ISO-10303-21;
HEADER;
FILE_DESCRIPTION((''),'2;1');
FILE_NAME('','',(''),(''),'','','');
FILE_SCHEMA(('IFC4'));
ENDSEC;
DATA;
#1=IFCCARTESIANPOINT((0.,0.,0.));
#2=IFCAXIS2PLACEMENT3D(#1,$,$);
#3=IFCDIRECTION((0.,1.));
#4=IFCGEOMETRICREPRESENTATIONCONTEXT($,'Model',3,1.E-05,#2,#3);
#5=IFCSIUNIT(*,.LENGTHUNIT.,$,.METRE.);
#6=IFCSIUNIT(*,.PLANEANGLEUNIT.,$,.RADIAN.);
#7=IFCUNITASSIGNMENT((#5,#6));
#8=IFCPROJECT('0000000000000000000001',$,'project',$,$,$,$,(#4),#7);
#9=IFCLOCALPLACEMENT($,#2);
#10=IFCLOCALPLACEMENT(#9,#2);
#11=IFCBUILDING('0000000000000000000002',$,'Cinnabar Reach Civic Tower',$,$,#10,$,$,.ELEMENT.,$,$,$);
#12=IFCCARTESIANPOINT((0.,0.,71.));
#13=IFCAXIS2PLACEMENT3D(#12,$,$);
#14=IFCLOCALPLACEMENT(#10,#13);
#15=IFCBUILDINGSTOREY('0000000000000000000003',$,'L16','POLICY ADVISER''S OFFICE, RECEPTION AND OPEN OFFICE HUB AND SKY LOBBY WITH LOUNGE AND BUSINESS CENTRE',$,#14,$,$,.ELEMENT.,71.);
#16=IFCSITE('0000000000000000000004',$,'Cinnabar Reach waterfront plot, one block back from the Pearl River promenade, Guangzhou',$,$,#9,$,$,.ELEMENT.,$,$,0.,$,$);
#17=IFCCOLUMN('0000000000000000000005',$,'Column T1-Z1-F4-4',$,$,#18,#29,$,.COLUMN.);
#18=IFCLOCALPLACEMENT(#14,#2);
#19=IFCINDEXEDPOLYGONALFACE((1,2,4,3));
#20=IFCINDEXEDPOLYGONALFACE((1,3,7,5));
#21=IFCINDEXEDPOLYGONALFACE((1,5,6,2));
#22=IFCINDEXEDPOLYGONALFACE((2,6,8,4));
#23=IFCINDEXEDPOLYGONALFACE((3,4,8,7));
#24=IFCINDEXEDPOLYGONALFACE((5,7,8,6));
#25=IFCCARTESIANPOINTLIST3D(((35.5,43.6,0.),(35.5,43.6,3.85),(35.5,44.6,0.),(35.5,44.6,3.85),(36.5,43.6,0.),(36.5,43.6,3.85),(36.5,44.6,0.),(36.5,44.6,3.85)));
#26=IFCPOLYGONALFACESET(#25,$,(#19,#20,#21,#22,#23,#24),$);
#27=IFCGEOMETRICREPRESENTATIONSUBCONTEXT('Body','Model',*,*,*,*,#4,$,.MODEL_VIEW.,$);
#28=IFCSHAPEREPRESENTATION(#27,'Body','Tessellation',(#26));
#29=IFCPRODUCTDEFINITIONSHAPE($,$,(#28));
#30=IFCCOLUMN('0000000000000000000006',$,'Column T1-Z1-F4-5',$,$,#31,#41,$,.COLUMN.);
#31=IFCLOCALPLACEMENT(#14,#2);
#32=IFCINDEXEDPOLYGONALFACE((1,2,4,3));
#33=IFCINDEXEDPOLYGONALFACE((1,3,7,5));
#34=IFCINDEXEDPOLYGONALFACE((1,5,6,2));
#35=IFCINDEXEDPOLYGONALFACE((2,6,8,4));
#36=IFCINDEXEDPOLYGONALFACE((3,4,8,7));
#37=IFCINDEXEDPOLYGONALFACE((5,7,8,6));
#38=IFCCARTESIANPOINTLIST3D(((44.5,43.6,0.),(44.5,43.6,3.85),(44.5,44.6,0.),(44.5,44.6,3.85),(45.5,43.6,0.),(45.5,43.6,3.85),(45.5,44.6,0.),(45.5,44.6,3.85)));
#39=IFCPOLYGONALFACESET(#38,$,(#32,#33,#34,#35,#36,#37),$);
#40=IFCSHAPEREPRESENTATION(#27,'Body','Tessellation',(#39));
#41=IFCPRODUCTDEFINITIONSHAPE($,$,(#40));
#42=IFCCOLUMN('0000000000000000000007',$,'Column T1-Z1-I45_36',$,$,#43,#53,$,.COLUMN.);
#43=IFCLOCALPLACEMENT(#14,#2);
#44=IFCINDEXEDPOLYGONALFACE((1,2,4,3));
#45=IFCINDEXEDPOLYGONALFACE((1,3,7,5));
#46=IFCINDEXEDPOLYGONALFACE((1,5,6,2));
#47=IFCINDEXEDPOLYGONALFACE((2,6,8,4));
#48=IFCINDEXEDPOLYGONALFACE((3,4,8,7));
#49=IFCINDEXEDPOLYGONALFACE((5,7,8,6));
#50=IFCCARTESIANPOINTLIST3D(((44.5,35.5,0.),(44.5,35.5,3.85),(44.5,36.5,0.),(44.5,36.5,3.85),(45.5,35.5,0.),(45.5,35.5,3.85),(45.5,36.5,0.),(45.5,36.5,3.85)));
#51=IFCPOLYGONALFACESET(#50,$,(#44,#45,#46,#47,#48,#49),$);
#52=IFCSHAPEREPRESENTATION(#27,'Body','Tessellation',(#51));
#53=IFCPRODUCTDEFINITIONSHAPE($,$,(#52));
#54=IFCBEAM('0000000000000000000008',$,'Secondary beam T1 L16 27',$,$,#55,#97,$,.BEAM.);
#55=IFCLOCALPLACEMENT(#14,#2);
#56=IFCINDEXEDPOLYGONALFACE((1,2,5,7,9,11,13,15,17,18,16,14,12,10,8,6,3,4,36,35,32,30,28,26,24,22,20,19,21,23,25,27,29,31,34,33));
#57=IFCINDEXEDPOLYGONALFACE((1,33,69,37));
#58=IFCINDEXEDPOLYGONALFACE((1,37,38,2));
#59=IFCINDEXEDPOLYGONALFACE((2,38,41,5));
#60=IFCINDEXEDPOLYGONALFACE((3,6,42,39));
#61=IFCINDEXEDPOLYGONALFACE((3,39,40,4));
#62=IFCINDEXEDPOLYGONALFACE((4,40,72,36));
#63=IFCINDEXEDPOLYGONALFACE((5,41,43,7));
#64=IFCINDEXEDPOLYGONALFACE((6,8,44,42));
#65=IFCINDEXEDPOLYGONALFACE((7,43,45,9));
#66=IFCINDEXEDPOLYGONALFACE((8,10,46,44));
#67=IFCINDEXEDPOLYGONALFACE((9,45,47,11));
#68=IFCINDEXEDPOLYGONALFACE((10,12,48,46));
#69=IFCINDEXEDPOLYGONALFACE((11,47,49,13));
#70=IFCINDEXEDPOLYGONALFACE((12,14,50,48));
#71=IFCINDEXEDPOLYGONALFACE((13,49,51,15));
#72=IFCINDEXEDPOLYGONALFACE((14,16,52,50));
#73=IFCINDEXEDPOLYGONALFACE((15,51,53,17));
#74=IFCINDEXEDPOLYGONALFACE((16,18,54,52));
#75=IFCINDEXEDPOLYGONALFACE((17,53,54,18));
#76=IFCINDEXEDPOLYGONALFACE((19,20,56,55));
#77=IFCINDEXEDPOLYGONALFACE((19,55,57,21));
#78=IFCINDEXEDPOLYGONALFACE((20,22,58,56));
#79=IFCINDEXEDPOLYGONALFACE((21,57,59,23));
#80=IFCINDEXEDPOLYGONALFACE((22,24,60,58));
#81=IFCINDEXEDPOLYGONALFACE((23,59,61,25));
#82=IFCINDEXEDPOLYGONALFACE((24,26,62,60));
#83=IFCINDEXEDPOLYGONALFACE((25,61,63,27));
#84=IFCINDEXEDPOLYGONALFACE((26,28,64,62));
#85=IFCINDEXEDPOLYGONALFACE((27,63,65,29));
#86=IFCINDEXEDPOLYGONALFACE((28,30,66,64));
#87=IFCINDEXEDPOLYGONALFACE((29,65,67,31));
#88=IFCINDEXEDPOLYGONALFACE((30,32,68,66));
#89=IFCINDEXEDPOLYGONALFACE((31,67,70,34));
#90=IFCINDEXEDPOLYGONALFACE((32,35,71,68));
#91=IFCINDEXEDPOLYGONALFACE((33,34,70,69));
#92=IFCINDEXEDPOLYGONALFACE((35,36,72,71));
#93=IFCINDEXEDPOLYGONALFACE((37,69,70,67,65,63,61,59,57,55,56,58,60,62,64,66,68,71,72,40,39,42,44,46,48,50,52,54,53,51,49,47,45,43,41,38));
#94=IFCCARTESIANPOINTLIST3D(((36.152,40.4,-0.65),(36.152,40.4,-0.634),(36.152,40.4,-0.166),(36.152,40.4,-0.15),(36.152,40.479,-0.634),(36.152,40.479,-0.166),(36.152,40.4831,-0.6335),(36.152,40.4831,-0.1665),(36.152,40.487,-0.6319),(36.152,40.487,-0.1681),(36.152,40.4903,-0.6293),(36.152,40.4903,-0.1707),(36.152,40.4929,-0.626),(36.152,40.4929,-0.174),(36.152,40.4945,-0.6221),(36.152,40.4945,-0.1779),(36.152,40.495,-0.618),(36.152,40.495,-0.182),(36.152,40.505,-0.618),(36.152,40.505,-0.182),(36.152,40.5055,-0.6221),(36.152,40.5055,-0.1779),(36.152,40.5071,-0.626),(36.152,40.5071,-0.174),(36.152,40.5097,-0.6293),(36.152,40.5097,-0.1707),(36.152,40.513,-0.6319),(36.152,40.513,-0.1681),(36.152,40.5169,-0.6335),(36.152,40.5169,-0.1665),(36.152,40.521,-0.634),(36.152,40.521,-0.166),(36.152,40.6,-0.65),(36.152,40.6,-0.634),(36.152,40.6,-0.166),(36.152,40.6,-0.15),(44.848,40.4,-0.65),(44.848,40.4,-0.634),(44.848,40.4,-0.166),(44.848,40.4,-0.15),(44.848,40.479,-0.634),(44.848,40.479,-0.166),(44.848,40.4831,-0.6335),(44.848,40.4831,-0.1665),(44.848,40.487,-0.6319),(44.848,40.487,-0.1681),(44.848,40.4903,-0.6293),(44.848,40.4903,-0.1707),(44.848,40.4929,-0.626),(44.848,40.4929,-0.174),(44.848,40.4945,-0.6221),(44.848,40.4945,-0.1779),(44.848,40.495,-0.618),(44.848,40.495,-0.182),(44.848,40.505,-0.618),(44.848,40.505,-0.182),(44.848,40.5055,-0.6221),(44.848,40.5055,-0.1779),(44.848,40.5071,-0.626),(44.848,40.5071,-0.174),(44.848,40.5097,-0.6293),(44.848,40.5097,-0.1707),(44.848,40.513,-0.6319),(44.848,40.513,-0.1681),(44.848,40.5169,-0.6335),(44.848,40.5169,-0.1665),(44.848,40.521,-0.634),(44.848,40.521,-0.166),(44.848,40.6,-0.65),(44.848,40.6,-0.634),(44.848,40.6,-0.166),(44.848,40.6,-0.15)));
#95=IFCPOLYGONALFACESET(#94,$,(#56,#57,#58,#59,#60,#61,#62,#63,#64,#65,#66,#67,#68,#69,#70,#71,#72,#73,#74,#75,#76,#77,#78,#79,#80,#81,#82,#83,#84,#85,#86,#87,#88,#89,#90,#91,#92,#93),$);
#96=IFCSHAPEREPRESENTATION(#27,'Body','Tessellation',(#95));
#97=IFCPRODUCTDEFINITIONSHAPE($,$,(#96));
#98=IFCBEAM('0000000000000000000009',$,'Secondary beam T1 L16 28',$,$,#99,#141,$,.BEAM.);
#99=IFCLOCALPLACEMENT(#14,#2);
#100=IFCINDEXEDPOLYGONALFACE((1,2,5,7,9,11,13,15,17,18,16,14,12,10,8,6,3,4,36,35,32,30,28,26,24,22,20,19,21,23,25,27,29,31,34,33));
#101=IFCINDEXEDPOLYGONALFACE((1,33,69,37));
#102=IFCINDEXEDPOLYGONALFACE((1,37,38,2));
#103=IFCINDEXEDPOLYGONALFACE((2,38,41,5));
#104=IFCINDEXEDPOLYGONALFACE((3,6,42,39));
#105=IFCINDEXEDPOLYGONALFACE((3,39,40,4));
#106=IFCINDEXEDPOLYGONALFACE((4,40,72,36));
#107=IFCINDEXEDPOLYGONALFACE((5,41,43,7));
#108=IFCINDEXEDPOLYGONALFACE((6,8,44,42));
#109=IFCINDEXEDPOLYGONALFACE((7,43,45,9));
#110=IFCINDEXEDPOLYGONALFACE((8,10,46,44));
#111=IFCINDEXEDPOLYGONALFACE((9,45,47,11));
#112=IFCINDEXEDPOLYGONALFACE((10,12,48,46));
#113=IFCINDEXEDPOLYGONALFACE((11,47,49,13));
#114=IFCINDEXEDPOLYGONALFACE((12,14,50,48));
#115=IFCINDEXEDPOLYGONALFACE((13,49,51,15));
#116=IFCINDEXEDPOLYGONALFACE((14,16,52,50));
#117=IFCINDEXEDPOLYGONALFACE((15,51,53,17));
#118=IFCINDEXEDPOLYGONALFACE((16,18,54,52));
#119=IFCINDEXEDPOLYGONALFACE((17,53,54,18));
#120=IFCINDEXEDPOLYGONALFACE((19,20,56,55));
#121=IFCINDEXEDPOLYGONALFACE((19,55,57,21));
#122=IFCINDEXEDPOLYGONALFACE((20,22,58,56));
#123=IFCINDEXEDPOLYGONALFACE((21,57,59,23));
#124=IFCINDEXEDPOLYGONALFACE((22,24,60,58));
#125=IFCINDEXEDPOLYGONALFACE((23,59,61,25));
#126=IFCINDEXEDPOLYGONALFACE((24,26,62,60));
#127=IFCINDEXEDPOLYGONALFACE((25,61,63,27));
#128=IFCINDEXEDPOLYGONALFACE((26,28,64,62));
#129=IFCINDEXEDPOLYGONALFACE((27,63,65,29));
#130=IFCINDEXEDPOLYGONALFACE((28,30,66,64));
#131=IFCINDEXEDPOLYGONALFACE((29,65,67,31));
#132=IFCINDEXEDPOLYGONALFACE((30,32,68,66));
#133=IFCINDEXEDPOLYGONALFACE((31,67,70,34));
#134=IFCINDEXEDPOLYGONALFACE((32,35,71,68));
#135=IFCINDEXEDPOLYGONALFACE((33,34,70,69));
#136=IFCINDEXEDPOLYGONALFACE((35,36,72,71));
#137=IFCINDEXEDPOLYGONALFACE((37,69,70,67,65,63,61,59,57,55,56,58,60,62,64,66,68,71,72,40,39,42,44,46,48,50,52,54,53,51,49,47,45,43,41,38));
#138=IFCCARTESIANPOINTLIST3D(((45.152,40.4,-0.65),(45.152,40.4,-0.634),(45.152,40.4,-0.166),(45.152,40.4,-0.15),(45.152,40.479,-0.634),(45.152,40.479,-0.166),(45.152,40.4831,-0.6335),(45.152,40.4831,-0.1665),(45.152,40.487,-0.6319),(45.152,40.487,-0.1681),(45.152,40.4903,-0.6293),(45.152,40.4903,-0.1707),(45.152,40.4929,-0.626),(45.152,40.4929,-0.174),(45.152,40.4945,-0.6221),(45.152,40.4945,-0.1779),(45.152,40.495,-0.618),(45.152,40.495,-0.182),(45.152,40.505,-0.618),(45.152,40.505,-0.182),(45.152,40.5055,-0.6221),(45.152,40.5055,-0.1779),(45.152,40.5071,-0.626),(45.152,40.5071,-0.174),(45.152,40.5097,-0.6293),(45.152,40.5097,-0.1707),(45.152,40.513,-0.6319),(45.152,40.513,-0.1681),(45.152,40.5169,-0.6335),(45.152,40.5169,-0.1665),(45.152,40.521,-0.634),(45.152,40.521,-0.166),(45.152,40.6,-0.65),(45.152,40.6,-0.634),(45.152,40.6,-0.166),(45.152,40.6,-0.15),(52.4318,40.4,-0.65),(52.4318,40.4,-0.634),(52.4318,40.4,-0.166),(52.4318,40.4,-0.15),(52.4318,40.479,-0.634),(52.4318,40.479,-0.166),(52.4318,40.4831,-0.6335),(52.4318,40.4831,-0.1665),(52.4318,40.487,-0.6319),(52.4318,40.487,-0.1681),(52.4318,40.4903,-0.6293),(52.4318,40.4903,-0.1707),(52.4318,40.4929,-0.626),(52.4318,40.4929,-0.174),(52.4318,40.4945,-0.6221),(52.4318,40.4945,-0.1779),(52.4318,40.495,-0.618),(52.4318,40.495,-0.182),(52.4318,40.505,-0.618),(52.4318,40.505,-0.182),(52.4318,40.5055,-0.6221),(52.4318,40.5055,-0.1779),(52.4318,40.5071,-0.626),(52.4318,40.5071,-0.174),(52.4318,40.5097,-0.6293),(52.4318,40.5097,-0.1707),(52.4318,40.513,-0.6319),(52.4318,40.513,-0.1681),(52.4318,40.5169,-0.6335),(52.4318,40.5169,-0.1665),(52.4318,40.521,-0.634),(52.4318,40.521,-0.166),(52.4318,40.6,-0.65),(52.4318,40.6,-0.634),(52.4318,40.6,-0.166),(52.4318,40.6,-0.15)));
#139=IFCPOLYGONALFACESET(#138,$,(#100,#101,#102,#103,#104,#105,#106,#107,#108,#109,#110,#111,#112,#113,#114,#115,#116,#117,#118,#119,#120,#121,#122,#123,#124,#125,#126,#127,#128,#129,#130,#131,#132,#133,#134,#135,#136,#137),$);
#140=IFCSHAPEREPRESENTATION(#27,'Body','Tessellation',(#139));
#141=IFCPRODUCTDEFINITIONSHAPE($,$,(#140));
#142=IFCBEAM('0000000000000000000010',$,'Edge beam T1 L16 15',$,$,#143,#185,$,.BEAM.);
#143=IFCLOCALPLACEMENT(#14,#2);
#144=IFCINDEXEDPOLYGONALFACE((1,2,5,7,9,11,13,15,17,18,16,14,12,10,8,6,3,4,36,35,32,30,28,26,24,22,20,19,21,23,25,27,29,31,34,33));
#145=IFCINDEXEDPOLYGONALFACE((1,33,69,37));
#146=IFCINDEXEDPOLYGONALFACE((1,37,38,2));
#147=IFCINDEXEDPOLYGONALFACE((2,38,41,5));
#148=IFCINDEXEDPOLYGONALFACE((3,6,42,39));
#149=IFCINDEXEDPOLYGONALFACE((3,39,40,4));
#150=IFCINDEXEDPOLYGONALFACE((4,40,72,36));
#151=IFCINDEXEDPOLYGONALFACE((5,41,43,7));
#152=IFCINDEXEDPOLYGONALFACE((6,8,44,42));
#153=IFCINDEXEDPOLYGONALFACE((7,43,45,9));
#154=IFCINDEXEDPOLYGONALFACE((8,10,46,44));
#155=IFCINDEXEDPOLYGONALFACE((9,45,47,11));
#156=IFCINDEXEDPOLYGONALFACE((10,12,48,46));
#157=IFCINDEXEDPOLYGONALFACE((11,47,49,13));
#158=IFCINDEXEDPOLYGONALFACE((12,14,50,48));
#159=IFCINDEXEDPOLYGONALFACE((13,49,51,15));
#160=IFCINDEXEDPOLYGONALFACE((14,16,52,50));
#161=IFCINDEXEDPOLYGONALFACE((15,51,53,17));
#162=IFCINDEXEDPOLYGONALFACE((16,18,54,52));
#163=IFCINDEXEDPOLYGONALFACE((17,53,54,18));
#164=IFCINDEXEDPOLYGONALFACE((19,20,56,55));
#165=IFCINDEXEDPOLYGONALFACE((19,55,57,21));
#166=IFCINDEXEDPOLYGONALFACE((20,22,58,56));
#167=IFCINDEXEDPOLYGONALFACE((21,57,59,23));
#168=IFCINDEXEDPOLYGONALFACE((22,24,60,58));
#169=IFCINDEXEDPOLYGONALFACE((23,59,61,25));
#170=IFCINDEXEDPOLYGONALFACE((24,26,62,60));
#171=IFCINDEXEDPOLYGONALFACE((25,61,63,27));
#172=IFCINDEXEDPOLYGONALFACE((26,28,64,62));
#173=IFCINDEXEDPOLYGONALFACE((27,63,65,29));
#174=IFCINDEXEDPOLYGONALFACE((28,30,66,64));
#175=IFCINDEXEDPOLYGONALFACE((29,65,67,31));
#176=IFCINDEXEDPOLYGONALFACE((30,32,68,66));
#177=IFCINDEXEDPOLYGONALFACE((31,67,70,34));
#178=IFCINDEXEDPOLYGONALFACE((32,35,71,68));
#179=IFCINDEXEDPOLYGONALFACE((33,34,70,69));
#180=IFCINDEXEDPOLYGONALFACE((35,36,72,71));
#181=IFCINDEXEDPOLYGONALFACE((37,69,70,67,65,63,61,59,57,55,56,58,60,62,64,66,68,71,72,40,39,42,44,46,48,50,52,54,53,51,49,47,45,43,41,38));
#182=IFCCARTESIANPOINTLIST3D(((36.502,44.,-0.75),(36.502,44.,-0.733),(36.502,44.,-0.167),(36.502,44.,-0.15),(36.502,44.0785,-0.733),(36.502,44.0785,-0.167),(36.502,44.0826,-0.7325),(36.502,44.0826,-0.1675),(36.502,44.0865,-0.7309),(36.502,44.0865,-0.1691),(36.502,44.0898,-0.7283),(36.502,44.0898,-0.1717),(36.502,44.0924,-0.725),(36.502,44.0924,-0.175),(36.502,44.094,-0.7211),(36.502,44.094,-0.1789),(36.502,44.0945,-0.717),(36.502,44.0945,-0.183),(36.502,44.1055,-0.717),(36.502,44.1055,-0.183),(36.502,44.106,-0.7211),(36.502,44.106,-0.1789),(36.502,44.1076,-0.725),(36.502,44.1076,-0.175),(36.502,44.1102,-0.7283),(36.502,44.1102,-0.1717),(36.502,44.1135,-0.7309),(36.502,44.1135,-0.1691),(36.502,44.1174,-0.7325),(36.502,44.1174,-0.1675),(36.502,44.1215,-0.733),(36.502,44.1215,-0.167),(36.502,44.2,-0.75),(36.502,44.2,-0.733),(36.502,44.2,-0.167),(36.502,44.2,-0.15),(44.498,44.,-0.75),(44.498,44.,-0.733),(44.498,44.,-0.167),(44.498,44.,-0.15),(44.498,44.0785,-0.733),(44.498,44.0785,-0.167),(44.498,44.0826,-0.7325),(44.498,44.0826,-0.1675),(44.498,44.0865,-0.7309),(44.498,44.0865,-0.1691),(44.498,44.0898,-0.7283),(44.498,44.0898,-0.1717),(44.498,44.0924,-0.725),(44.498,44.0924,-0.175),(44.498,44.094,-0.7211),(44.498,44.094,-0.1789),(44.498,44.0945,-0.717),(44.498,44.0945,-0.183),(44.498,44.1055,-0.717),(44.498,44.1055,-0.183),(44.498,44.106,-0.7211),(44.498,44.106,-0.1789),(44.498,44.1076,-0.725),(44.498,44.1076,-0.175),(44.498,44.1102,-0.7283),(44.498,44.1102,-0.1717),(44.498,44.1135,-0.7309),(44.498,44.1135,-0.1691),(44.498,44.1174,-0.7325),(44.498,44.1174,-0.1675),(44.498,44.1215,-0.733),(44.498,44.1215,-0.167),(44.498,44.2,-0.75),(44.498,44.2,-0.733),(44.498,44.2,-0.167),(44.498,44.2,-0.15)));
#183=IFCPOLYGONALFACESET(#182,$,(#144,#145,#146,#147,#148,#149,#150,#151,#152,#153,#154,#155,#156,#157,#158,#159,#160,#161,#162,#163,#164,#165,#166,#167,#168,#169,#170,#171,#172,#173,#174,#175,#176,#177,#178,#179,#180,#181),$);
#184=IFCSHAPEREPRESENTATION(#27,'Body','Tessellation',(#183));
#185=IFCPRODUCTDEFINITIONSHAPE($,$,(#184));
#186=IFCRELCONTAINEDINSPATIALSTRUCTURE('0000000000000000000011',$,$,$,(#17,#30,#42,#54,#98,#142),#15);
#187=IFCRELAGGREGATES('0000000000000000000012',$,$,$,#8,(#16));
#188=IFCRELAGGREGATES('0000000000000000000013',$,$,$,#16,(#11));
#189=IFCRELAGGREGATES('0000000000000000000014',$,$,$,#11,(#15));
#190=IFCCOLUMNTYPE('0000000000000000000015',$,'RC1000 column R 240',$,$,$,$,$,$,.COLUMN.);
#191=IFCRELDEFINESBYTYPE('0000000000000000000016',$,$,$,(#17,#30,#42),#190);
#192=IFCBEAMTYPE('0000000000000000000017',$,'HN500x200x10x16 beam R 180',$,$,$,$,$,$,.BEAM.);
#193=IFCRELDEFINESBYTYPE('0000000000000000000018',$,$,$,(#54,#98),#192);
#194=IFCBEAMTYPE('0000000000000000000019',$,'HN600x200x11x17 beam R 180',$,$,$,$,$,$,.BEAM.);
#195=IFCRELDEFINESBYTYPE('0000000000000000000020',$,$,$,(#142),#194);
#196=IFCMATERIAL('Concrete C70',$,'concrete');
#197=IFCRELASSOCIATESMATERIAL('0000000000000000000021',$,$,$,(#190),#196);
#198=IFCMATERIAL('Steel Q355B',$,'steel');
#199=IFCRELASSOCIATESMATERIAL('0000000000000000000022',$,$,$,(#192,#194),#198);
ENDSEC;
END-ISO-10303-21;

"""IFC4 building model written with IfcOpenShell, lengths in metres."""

from ifc_helpers import new_model, si_unit, direction, frame, origin, origin_2d, place, context, subcontext, project, spatial, rectangle, i_section, extrude, material, material_profile, profile_set, type_object, element, save


model = new_model("IFC4")

# Units and contexts
model_context = context("Model", 3, precision=1e-05, world=origin(), true_north=direction((0.0, 1.0)))
body_context = subcontext(model_context, "Body", "Model", "MODEL_VIEW")
ifc_project = project(units=[si_unit("LENGTHUNIT", "METRE"), si_unit("PLANEANGLEUNIT", "RADIAN")], contexts=[model_context])

# Site, building, storey
site_placement = place(None, origin())
site = spatial("IfcSite", under=ifc_project, at=site_placement, Name="Cinnabar Reach waterfront plot, one block back from the Pearl River promenade, Guangzhou", CompositionType="ELEMENT", RefElevation=0.0)
building_placement = place(site_placement, origin())
building = spatial("IfcBuilding", under=site, at=building_placement, Name="Cinnabar Reach Civic Tower", CompositionType="ELEMENT")
storey_placement = place(building_placement, frame((0.0, 0.0, 71.0)))
storey = spatial("IfcBuildingStorey", under=building, at=storey_placement, Name="L16", Description="POLICY ADVISER'S OFFICE, RECEPTION AND OPEN OFFICE HUB AND SKY LOBBY WITH LOUNGE AND BUSINESS CENTRE", CompositionType="ELEMENT", Elevation=71.0)

# Columns
ifc_material_1 = material(Name="Concrete C70", Category="concrete")
ifc_material_profile_1 = material_profile(ifc_material_1, rectangle(XDim=1.0, YDim=1.0, at=origin_2d()), Name="RC1000")
ifc_profile_set_1 = profile_set([ifc_material_profile_1], Name="Concrete C70")
column_type = type_object("IfcColumnType", Name="RC1000 column R 240", PredefinedType="COLUMN", material=ifc_profile_set_1)
for number, where, z_axis, x_axis, name in (
    (1, (36.0, 44.1, 0.0), (0.0, 0.0, 1.0), (1.0, 0.0, 0.0), "Column T1-Z1-F4-4"),
    (2, (45.0, 44.1, 0.0), (0.0, 0.0, 1.0), (1.0, 0.0, 0.0), "Column T1-Z1-F4-5"),
    (3, (45.0, 36.0, 0.0), (0.0, 0.0, 1.0), (1.0, 0.0, 0.0), "Column T1-Z1-I45_36"),
):
    element("IfcColumn", number, at=place(storey_placement, frame(where, z_axis=z_axis, x_axis=x_axis)), inside=storey, type_object=column_type, Name=name, PredefinedType="COLUMN", context=body_context, shape_type="SweptSolid", body=[
        extrude(rectangle(XDim=1.0, YDim=1.0, at=origin_2d()), origin(), (0.0, 0.0, 1.0), 3.85),
    ])

# Beams
ifc_material_2 = material(Name="Steel Q355B", Category="steel")
ifc_material_profile_2 = material_profile(ifc_material_2, i_section(OverallWidth=0.2, OverallDepth=0.5, WebThickness=0.01, FlangeThickness=0.016, FilletRadius=0.016, at=origin_2d()), Name="HN500x200x10x16")
ifc_profile_set_2 = profile_set([ifc_material_profile_2], Name="Steel Q355B")
beam_type_1 = type_object("IfcBeamType", Name="HN500x200x10x16 beam R 180", PredefinedType="BEAM", material=ifc_profile_set_2)
beam_1_placement = place(storey_placement, frame((36.152, 40.5, -0.4), z_axis=(1.0, 0.0, 0.0), x_axis=(0.0, 1.0, 0.0)))
element("IfcBeam", 4, at=beam_1_placement, inside=storey, type_object=beam_type_1, Name="Secondary beam T1 L16 27", PredefinedType="BEAM", context=body_context, shape_type="SweptSolid", body=[
    extrude(i_section(OverallWidth=0.2, OverallDepth=0.5, WebThickness=0.01, FlangeThickness=0.016, FilletRadius=0.016, at=origin_2d()), origin(), (0.0, 0.0, 1.0), 8.696),
])
beam_2_placement = place(storey_placement, frame((45.152, 40.5, -0.4), z_axis=(1.0, 0.0, 0.0), x_axis=(0.0, 1.0, 0.0)))
element("IfcBeam", 5, at=beam_2_placement, inside=storey, type_object=beam_type_1, Name="Secondary beam T1 L16 28", PredefinedType="BEAM", context=body_context, shape_type="SweptSolid", body=[
    extrude(i_section(OverallWidth=0.2, OverallDepth=0.5, WebThickness=0.01, FlangeThickness=0.016, FilletRadius=0.016, at=origin_2d()), origin(), (0.0, 0.0, 1.0), 7.2798),
])
ifc_material_profile_3 = material_profile(ifc_material_2, i_section(OverallWidth=0.2, OverallDepth=0.6, WebThickness=0.011, FlangeThickness=0.017, FilletRadius=0.016, at=origin_2d()), Name="HN600x200x11x17")
ifc_profile_set_3 = profile_set([ifc_material_profile_3], Name="Steel Q355B")
beam_type_2 = type_object("IfcBeamType", Name="HN600x200x11x17 beam R 180", PredefinedType="BEAM", material=ifc_profile_set_3)
beam_3_placement = place(storey_placement, frame((44.498, 44.1, -0.45), z_axis=(-1.0, 0.0, 0.0), x_axis=(0.0, -1.0, 0.0)))
element("IfcBeam", 6, at=beam_3_placement, inside=storey, type_object=beam_type_2, Name="Edge beam T1 L16 15", PredefinedType="BEAM", context=body_context, shape_type="SweptSolid", body=[
    extrude(i_section(OverallWidth=0.2, OverallDepth=0.6, WebThickness=0.011, FlangeThickness=0.017, FilletRadius=0.016, at=origin_2d()), origin(), (0.0, 0.0, 1.0), 7.996),
])

save(model, "model.ifc")
